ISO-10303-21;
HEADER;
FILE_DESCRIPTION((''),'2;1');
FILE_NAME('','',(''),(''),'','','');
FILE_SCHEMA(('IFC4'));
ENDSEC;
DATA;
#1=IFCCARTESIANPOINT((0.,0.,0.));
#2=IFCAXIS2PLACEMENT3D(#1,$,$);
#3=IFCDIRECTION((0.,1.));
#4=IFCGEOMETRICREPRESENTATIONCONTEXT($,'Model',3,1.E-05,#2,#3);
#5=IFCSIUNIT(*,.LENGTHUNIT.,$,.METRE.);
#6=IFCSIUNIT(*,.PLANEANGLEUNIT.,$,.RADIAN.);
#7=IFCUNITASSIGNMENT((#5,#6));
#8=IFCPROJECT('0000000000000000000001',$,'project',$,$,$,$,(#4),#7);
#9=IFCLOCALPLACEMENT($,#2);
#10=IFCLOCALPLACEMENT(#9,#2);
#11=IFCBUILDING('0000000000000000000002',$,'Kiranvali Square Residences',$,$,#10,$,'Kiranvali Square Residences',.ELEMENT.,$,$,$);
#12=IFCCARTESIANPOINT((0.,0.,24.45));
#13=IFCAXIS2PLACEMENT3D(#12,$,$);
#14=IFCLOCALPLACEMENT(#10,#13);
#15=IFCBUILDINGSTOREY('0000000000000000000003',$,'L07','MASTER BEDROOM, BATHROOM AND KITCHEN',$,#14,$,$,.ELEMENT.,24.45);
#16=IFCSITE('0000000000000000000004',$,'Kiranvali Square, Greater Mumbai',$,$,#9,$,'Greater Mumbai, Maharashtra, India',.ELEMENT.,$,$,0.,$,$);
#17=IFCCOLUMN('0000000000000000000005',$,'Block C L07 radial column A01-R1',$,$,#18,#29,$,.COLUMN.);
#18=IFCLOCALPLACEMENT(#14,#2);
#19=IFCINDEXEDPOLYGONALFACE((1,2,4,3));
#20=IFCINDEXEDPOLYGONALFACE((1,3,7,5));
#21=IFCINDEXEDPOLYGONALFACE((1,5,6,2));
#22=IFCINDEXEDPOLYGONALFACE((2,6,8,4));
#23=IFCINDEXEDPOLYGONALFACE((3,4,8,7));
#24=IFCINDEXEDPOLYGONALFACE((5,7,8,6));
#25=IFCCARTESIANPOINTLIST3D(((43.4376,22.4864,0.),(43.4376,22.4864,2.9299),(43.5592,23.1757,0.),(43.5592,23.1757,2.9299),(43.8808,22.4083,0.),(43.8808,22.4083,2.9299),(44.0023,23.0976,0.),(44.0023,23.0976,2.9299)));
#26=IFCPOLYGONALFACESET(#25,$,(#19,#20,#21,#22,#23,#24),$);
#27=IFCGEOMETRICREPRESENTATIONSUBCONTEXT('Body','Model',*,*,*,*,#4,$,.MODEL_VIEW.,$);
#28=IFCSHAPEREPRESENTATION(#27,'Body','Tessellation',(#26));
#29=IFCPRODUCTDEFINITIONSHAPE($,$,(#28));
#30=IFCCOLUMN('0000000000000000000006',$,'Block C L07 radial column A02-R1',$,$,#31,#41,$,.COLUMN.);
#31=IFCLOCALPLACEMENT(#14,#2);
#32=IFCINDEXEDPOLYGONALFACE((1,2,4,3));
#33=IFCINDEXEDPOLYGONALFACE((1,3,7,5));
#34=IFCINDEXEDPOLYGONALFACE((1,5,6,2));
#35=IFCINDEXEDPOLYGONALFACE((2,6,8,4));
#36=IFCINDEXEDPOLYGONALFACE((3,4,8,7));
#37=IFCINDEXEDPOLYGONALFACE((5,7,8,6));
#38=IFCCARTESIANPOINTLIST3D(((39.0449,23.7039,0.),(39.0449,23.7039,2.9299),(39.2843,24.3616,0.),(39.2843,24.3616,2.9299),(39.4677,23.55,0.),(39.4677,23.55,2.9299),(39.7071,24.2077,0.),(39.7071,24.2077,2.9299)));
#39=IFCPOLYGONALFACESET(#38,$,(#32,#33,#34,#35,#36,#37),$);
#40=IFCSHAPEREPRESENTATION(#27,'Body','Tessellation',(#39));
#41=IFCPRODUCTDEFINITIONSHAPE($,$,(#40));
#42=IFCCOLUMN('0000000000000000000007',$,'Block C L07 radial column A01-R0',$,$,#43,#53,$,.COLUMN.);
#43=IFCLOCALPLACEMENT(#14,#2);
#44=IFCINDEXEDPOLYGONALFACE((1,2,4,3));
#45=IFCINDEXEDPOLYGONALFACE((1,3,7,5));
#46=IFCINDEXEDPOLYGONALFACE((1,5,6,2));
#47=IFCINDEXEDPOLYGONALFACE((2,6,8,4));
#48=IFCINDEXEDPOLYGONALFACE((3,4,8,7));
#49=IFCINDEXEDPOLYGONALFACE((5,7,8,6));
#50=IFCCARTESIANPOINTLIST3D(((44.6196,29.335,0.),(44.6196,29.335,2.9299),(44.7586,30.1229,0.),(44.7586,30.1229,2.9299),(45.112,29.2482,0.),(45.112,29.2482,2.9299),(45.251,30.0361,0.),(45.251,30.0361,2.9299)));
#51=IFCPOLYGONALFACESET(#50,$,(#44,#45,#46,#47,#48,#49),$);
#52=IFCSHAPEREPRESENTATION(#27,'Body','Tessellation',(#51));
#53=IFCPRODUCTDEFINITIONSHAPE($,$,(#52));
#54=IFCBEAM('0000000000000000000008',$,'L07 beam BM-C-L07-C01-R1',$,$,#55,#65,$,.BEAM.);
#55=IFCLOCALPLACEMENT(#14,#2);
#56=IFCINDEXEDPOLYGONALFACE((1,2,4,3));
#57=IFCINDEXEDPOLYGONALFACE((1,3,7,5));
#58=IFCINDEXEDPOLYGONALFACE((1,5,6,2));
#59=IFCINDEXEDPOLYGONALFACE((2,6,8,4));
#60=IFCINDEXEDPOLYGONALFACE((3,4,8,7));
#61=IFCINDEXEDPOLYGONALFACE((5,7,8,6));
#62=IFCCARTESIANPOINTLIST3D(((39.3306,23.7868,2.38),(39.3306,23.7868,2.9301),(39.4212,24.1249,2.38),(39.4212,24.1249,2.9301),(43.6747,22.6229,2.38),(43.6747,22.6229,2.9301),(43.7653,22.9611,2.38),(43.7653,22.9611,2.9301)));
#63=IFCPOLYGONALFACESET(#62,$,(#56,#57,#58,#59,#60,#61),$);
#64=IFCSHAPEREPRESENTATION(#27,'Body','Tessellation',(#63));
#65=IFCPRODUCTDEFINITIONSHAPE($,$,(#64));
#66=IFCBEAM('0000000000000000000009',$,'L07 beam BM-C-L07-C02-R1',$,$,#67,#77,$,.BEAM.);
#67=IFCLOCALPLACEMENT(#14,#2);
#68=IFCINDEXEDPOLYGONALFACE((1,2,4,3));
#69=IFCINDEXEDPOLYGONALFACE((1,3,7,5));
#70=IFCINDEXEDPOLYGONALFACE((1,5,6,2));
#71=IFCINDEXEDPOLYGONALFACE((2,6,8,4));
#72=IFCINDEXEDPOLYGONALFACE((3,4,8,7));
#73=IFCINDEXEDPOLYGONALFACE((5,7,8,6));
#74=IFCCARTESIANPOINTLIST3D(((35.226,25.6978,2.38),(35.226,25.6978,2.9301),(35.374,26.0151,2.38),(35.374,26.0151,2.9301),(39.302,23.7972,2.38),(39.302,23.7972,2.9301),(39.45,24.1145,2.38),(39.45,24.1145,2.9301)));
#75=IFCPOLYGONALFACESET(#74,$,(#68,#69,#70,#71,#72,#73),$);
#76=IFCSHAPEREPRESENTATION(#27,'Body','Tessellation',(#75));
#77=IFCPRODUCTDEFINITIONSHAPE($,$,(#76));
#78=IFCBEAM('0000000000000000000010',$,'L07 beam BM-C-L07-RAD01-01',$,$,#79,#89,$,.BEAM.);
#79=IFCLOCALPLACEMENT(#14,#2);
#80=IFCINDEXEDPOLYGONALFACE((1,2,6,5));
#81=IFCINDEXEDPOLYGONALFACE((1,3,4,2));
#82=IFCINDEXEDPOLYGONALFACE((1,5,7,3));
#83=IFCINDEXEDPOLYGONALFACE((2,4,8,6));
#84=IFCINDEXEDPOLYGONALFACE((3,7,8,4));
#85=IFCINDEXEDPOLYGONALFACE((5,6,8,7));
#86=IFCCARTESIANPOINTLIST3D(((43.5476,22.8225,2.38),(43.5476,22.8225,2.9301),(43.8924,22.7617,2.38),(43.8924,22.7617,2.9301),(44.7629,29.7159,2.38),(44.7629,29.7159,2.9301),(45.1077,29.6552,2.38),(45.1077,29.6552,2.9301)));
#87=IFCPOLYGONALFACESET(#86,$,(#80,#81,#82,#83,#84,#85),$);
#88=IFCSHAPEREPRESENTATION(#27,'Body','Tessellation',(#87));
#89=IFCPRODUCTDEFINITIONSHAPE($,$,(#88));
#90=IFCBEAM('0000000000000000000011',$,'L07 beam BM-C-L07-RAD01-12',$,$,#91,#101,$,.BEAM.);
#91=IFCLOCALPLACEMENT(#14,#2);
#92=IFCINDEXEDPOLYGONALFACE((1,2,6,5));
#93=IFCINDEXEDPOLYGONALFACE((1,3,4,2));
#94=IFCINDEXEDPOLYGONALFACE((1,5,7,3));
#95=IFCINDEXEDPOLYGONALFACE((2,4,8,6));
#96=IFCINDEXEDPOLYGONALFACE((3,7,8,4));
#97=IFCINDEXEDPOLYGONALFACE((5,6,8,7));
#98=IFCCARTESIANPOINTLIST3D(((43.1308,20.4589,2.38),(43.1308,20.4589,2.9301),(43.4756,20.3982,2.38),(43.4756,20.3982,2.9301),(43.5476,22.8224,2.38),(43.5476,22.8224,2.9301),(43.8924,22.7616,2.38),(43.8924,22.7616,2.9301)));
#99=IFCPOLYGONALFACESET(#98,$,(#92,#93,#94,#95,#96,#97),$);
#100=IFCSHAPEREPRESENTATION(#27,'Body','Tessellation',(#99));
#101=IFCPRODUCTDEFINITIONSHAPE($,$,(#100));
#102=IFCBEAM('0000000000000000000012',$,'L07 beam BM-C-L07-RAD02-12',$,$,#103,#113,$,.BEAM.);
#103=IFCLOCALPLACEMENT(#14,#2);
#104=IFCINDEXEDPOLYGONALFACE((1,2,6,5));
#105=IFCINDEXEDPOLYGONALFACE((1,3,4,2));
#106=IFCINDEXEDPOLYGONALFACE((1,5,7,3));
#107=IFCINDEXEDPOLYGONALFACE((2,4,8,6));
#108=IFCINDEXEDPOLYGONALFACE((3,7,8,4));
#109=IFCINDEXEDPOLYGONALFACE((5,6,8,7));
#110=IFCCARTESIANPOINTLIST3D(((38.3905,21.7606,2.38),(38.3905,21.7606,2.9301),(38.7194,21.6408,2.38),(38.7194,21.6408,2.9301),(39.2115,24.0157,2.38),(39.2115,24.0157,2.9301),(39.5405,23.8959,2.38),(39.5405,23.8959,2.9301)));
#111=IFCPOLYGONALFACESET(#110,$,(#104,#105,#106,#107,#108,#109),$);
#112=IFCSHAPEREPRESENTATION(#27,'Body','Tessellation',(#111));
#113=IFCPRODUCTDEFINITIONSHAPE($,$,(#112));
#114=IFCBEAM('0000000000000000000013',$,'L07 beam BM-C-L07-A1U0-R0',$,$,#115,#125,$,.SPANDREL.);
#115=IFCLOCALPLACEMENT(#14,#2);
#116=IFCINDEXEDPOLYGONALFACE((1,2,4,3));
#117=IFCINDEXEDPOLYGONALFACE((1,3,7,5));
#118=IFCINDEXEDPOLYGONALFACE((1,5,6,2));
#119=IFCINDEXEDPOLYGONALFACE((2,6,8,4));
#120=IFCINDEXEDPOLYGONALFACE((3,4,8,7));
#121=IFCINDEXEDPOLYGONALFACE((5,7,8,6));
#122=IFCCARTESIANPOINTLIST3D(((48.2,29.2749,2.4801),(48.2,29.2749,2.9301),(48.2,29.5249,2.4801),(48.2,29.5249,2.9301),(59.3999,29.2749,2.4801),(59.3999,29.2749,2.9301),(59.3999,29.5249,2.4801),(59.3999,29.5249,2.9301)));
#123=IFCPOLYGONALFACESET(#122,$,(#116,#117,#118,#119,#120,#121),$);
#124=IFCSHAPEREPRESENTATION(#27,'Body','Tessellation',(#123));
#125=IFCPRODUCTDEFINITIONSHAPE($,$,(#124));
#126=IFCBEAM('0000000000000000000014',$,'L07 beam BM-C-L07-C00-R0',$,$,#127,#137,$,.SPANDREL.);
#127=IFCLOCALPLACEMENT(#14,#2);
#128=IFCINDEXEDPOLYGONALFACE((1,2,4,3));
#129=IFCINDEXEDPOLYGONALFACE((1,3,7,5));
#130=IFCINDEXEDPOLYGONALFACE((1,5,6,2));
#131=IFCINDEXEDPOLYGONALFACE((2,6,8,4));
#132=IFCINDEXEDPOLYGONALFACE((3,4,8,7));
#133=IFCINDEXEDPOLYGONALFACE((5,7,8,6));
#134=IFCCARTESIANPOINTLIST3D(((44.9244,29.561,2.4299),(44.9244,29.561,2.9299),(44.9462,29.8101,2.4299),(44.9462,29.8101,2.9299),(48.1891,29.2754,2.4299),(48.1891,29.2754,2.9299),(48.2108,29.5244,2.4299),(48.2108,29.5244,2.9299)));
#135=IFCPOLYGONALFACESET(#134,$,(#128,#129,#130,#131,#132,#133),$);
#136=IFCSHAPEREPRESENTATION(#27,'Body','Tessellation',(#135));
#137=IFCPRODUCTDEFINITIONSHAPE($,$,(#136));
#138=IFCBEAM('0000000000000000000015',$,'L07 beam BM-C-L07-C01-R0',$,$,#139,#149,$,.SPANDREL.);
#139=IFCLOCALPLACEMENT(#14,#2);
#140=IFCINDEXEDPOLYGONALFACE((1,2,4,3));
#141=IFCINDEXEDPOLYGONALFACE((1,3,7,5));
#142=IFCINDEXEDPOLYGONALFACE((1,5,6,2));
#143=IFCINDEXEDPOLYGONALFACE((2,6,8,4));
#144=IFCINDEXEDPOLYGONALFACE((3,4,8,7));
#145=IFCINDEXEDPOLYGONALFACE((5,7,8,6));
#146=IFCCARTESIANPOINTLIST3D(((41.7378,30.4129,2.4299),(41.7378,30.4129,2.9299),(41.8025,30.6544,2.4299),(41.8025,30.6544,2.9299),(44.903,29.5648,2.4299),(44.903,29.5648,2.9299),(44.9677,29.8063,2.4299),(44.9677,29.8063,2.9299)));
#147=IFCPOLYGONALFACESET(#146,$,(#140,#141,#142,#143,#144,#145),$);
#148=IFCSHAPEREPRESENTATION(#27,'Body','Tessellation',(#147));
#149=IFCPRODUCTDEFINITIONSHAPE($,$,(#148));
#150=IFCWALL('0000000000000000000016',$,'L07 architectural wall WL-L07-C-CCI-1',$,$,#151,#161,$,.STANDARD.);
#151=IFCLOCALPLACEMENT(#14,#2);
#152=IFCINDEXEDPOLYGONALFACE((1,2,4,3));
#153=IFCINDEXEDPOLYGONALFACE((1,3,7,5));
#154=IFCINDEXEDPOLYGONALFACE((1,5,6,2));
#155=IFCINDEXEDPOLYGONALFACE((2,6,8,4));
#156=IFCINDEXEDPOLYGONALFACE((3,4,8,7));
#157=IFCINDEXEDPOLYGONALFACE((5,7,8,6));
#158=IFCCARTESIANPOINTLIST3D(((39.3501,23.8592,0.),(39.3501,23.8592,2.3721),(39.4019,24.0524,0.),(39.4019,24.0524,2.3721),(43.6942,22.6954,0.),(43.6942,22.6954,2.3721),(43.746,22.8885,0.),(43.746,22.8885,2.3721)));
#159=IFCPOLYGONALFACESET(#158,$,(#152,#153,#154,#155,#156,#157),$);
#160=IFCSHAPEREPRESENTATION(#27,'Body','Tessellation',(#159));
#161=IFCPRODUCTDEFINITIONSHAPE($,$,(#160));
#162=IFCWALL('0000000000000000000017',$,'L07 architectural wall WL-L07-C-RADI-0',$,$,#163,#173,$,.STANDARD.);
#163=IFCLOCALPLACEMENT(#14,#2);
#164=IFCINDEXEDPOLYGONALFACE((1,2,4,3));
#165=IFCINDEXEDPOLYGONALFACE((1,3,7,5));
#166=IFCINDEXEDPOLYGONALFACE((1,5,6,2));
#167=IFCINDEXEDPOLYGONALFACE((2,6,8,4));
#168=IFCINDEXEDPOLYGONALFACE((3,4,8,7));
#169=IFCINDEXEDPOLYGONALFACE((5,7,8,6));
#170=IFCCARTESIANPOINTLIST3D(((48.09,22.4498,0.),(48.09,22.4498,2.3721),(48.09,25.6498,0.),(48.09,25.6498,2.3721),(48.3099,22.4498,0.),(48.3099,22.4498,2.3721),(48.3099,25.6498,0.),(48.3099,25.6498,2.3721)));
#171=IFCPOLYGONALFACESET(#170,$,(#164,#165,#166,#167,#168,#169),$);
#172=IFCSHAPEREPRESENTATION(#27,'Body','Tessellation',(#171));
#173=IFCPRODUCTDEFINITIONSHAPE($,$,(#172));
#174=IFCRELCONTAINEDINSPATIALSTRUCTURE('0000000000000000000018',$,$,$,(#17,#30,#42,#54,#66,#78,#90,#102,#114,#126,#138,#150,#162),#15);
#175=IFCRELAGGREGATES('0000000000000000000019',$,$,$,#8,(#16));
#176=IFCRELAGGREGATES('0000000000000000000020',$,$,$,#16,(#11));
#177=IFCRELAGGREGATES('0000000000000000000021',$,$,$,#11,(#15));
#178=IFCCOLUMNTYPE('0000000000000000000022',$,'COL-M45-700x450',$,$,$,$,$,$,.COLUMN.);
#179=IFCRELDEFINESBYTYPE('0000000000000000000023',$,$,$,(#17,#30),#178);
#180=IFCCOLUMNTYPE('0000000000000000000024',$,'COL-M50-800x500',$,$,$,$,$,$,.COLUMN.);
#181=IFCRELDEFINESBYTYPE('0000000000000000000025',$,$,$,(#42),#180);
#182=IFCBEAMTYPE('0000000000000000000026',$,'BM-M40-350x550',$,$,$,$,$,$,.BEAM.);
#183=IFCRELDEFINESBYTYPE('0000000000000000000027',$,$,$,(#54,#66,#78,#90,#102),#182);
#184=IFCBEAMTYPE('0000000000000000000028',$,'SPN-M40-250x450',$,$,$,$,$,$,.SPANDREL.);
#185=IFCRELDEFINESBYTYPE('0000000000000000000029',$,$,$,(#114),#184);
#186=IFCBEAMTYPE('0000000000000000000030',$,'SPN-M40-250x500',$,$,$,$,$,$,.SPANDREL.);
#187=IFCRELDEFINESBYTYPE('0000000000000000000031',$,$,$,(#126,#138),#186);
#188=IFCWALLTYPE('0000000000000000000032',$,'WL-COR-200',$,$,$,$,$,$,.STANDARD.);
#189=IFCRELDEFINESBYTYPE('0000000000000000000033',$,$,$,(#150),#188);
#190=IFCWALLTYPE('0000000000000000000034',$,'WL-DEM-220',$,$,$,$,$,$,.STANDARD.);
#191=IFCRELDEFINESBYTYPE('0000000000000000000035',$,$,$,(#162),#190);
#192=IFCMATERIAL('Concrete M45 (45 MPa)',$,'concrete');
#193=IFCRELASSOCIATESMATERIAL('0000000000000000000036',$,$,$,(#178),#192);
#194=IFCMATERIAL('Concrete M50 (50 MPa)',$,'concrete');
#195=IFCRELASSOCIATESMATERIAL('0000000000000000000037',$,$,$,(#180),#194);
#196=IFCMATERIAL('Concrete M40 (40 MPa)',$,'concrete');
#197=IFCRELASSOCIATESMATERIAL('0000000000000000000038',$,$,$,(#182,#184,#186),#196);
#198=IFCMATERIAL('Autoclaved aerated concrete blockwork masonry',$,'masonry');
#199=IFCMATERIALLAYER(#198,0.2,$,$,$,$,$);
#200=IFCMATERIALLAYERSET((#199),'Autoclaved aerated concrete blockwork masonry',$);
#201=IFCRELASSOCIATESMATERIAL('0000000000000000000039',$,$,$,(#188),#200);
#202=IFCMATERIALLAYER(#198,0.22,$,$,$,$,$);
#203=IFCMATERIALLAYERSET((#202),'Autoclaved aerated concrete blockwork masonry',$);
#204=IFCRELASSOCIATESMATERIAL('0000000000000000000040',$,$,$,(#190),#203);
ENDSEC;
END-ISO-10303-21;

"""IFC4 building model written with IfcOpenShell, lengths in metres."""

from ifc_helpers import new_model, si_unit, direction, frame, frame_2d, origin, origin_2d, place, context, subcontext, project, spatial, rectangle, extrude, material, layer, layer_set, material_profile, profile_set, type_object, element, save


model = new_model("IFC4")

# Units and contexts
model_context = context("Model", 3, precision=1e-05, world=origin(), true_north=direction((0.0, 1.0)))
body_context = subcontext(model_context, "Body", "Model", "MODEL_VIEW")
ifc_project = project(units=[si_unit("LENGTHUNIT", "METRE"), si_unit("PLANEANGLEUNIT", "RADIAN")], contexts=[model_context])

# Site, building, storey
site_placement = place(None, origin())
site = spatial("IfcSite", under=ifc_project, at=site_placement, Name="Kiranvali Square, Greater Mumbai", LongName="Greater Mumbai, Maharashtra, India", CompositionType="ELEMENT", RefElevation=0.0)
building_placement = place(site_placement, origin())
building = spatial("IfcBuilding", under=site, at=building_placement, Name="Kiranvali Square Residences", LongName="Kiranvali Square Residences", CompositionType="ELEMENT")
storey_placement = place(building_placement, frame((0.0, 0.0, 24.45)))
storey = spatial("IfcBuildingStorey", under=building, at=storey_placement, Name="L07", Description="MASTER BEDROOM, BATHROOM AND KITCHEN", CompositionType="ELEMENT", Elevation=24.45)

# Columns
ifc_material_1 = material(Name="Concrete M45 (45 MPa)", Category="concrete")
ifc_material_profile_1 = material_profile(ifc_material_1, rectangle(XDim=0.45, YDim=0.7, at=origin_2d()), Name="RC 700x450")
ifc_profile_set_1 = profile_set([ifc_material_profile_1], Name="Concrete M45 (45 MPa)")
column_type_1 = type_object("IfcColumnType", Name="COL-M45-700x450", PredefinedType="COLUMN", material=ifc_profile_set_1)
for number, where, z_axis, x_axis, name in (
    (1, (43.72, 22.792, 0.0), (0.0, 0.0, 1.0), (-0.984808, 0.173648, 0.0), "Block C L07 radial column A01-R1"),
    (2, (39.376, 23.9558, 0.0), (0.0, 0.0, 1.0), (-0.939693, 0.34202, 0.0), "Block C L07 radial column A02-R1"),
):
    element("IfcColumn", number, at=place(storey_placement, frame(where, z_axis=z_axis, x_axis=x_axis)), inside=storey, type_object=column_type_1, Name=name, PredefinedType="COLUMN", context=body_context, shape_type="SweptSolid", body=[
        extrude(rectangle(XDim=0.45, YDim=0.7, at=origin_2d()), origin(), (0.0, 0.0, 1.0), 2.9299),
    ])
ifc_material_2 = material(Name="Concrete M50 (50 MPa)", Category="concrete")
ifc_material_profile_2 = material_profile(ifc_material_2, rectangle(XDim=0.5, YDim=0.8, at=origin_2d()), Name="RC 800x500")
ifc_profile_set_2 = profile_set([ifc_material_profile_2], Name="Concrete M50 (50 MPa)")
column_type_2 = type_object("IfcColumnType", Name="COL-M50-800x500", PredefinedType="COLUMN", material=ifc_profile_set_2)
column_placement = place(storey_placement, frame((44.9353, 29.6855, 0.0), z_axis=(0.0, 0.0, 1.0), x_axis=(-0.984808, 0.173648, 0.0)))
element("IfcColumn", 3, at=column_placement, inside=storey, type_object=column_type_2, Name="Block C L07 radial column A01-R0", PredefinedType="COLUMN", context=body_context, shape_type="SweptSolid", body=[
    extrude(rectangle(XDim=0.5, YDim=0.8, at=origin_2d()), origin(), (0.0, 0.0, 1.0), 2.9299),
])

# Beams
ifc_material_3 = material(Name="Concrete M40 (40 MPa)", Category="concrete")
ifc_material_profile_3 = material_profile(ifc_material_3, rectangle(XDim=0.3501, YDim=0.55, at=origin_2d()), Name="RC 350x550")
ifc_profile_set_3 = profile_set([ifc_material_profile_3], Name="Concrete M40 (40 MPa)")
beam_type_1 = type_object("IfcBeamType", Name="BM-M40-350x550", PredefinedType="BEAM", material=ifc_profile_set_3)
for number, where, z_axis, x_axis, name in (
    (4, (43.72, 22.792, 2.655), (-0.965934, 0.258788, 0.0), (-0.258788, -0.965934, 0.0), "L07 beam BM-C-L07-C01-R1"),
    (5, (39.376, 23.9558, 2.655), (-0.906308, 0.422618, 0.0), (-0.422618, -0.906308, 0.0), "L07 beam BM-C-L07-C02-R1"),
):
    element("IfcBeam", number, at=place(storey_placement, frame(where, z_axis=z_axis, x_axis=x_axis)), inside=storey, type_object=beam_type_1, Name=name, PredefinedType="BEAM", context=body_context, shape_type="SweptSolid", body=[
        extrude(rectangle(XDim=0.3501, YDim=0.55, at=origin_2d()), origin(), (0.0, 0.0, 1.0), 4.4973),
    ])
beam_1_placement = place(storey_placement, frame((44.9353, 29.6855, 2.655), z_axis=(-0.173622, -0.984812, 0.0), x_axis=(0.984812, -0.173622, 0.0)))
element("IfcBeam", 6, at=beam_1_placement, inside=storey, type_object=beam_type_1, Name="L07 beam BM-C-L07-RAD01-01", PredefinedType="BEAM", context=body_context, shape_type="SweptSolid", body=[
    extrude(rectangle(XDim=0.3501, YDim=0.55, at=origin_2d()), origin(), (0.0, 0.0, 1.0), 6.9998),
])
for number, where, z_axis, x_axis, name in (
    (7, (43.72, 22.792, 2.655), (-0.173646, -0.984808, 0.0), (0.984808, -0.173646, 0.0), "L07 beam BM-C-L07-RAD01-12"),
    (8, (39.376, 23.9558, 2.655), (-0.342111, -0.93966, 0.0), (0.93966, -0.342111, 0.0), "L07 beam BM-C-L07-RAD02-12"),
):
    element("IfcBeam", number, at=place(storey_placement, frame(where, z_axis=z_axis, x_axis=x_axis)), inside=storey, type_object=beam_type_1, Name=name, PredefinedType="BEAM", context=body_context, shape_type="SweptSolid", body=[
        extrude(rectangle(XDim=0.3501, YDim=0.55, at=origin_2d()), origin(), (0.0, 0.0, 1.0), 2.3999),
    ])
ifc_material_profile_4 = material_profile(ifc_material_3, rectangle(XDim=0.25, YDim=0.45, at=origin_2d()), Name="RC 250x450")
ifc_profile_set_4 = profile_set([ifc_material_profile_4], Name="Concrete M40 (40 MPa)")
beam_type_2 = type_object("IfcBeamType", Name="SPN-M40-250x450", PredefinedType="SPANDREL", material=ifc_profile_set_4)
beam_2_placement = place(storey_placement, frame((48.2, 29.3999, 2.7051), z_axis=(1.0, 0.0, 0.0), x_axis=(0.0, 1.0, 0.0)))
element("IfcBeam", 9, at=beam_2_placement, inside=storey, type_object=beam_type_2, Name="L07 beam BM-C-L07-A1U0-R0", PredefinedType="SPANDREL", context=body_context, shape_type="SweptSolid", body=[
    extrude(rectangle(XDim=0.25, YDim=0.45, at=origin_2d()), origin(), (0.0, 0.0, 1.0), 11.2),
])
ifc_material_profile_5 = material_profile(ifc_material_3, rectangle(XDim=0.25, YDim=0.5, at=origin_2d()), Name="RC 250x500")
ifc_profile_set_5 = profile_set([ifc_material_profile_5], Name="Concrete M40 (40 MPa)")
beam_type_3 = type_object("IfcBeamType", Name="SPN-M40-250x500", PredefinedType="SPANDREL", material=ifc_profile_set_5)
beam_3_placement = place(storey_placement, frame((48.2, 29.3999, 2.6799), z_axis=(-0.996194, 0.087163, 0.0), x_axis=(-0.087163, -0.996194, 0.0)))
element("IfcBeam", 10, at=beam_3_placement, inside=storey, type_object=beam_type_3, Name="L07 beam BM-C-L07-C00-R0", PredefinedType="SPANDREL", context=body_context, shape_type="SweptSolid", body=[
    extrude(rectangle(XDim=0.25, YDim=0.5, at=origin_2d()), origin(), (0.0, 0.0, 1.0), 3.2771),
])
beam_4_placement = place(storey_placement, frame((44.9353, 29.6855, 2.6799), z_axis=(-0.965925, 0.258822, 0.0), x_axis=(-0.258822, -0.965925, 0.0)))
element("IfcBeam", 11, at=beam_4_placement, inside=storey, type_object=beam_type_3, Name="L07 beam BM-C-L07-C01-R0", PredefinedType="SPANDREL", context=body_context, shape_type="SweptSolid", body=[
    extrude(rectangle(XDim=0.25, YDim=0.5, at=origin_2d()), origin(), (0.0, 0.0, 1.0), 3.2769),
])

# Wall
ifc_material_4 = material(Name="Autoclaved aerated concrete blockwork masonry", Category="masonry")
ifc_layer_1 = layer(ifc_material_4, 0.2)
ifc_layer_set_1 = layer_set([ifc_layer_1], Name="Autoclaved aerated concrete blockwork masonry")
wall_type_1 = type_object("IfcWallType", Name="WL-COR-200", PredefinedType="STANDARD", material=ifc_layer_set_1)
wall_1_placement = place(storey_placement, frame((43.72, 22.792, 0.0), z_axis=(0.0, 0.0, 1.0), x_axis=(-0.965934, 0.258788, 0.0)))
element("IfcWall", 12, at=wall_1_placement, inside=storey, type_object=wall_type_1, Name="L07 architectural wall WL-L07-C-CCI-1", PredefinedType="STANDARD", context=body_context, shape_type="SweptSolid", body=[
    extrude(rectangle(XDim=4.4973, YDim=0.2, at=frame_2d((2.2485, 0.0))), origin(), (0.0, 0.0, 1.0), 2.3721),
])

# Wall
ifc_layer_2 = layer(ifc_material_4, 0.22)
ifc_layer_set_2 = layer_set([ifc_layer_2], Name="Autoclaved aerated concrete blockwork masonry")
wall_type_2 = type_object("IfcWallType", Name="WL-DEM-220", PredefinedType="STANDARD", material=ifc_layer_set_2)
wall_2_placement = place(storey_placement, frame((48.2, 25.6499, 0.0), z_axis=(0.0, 0.0, 1.0), x_axis=(0.0, -1.0, 0.0)))
element("IfcWall", 13, at=wall_2_placement, inside=storey, type_object=wall_type_2, Name="L07 architectural wall WL-L07-C-RADI-0", PredefinedType="STANDARD", context=body_context, shape_type="SweptSolid", body=[
    extrude(rectangle(XDim=3.2, YDim=0.22, at=frame_2d((1.6001, 0.0))), origin(), (0.0, 0.0, 1.0), 2.3721),
])

save(model, "model.ifc")
